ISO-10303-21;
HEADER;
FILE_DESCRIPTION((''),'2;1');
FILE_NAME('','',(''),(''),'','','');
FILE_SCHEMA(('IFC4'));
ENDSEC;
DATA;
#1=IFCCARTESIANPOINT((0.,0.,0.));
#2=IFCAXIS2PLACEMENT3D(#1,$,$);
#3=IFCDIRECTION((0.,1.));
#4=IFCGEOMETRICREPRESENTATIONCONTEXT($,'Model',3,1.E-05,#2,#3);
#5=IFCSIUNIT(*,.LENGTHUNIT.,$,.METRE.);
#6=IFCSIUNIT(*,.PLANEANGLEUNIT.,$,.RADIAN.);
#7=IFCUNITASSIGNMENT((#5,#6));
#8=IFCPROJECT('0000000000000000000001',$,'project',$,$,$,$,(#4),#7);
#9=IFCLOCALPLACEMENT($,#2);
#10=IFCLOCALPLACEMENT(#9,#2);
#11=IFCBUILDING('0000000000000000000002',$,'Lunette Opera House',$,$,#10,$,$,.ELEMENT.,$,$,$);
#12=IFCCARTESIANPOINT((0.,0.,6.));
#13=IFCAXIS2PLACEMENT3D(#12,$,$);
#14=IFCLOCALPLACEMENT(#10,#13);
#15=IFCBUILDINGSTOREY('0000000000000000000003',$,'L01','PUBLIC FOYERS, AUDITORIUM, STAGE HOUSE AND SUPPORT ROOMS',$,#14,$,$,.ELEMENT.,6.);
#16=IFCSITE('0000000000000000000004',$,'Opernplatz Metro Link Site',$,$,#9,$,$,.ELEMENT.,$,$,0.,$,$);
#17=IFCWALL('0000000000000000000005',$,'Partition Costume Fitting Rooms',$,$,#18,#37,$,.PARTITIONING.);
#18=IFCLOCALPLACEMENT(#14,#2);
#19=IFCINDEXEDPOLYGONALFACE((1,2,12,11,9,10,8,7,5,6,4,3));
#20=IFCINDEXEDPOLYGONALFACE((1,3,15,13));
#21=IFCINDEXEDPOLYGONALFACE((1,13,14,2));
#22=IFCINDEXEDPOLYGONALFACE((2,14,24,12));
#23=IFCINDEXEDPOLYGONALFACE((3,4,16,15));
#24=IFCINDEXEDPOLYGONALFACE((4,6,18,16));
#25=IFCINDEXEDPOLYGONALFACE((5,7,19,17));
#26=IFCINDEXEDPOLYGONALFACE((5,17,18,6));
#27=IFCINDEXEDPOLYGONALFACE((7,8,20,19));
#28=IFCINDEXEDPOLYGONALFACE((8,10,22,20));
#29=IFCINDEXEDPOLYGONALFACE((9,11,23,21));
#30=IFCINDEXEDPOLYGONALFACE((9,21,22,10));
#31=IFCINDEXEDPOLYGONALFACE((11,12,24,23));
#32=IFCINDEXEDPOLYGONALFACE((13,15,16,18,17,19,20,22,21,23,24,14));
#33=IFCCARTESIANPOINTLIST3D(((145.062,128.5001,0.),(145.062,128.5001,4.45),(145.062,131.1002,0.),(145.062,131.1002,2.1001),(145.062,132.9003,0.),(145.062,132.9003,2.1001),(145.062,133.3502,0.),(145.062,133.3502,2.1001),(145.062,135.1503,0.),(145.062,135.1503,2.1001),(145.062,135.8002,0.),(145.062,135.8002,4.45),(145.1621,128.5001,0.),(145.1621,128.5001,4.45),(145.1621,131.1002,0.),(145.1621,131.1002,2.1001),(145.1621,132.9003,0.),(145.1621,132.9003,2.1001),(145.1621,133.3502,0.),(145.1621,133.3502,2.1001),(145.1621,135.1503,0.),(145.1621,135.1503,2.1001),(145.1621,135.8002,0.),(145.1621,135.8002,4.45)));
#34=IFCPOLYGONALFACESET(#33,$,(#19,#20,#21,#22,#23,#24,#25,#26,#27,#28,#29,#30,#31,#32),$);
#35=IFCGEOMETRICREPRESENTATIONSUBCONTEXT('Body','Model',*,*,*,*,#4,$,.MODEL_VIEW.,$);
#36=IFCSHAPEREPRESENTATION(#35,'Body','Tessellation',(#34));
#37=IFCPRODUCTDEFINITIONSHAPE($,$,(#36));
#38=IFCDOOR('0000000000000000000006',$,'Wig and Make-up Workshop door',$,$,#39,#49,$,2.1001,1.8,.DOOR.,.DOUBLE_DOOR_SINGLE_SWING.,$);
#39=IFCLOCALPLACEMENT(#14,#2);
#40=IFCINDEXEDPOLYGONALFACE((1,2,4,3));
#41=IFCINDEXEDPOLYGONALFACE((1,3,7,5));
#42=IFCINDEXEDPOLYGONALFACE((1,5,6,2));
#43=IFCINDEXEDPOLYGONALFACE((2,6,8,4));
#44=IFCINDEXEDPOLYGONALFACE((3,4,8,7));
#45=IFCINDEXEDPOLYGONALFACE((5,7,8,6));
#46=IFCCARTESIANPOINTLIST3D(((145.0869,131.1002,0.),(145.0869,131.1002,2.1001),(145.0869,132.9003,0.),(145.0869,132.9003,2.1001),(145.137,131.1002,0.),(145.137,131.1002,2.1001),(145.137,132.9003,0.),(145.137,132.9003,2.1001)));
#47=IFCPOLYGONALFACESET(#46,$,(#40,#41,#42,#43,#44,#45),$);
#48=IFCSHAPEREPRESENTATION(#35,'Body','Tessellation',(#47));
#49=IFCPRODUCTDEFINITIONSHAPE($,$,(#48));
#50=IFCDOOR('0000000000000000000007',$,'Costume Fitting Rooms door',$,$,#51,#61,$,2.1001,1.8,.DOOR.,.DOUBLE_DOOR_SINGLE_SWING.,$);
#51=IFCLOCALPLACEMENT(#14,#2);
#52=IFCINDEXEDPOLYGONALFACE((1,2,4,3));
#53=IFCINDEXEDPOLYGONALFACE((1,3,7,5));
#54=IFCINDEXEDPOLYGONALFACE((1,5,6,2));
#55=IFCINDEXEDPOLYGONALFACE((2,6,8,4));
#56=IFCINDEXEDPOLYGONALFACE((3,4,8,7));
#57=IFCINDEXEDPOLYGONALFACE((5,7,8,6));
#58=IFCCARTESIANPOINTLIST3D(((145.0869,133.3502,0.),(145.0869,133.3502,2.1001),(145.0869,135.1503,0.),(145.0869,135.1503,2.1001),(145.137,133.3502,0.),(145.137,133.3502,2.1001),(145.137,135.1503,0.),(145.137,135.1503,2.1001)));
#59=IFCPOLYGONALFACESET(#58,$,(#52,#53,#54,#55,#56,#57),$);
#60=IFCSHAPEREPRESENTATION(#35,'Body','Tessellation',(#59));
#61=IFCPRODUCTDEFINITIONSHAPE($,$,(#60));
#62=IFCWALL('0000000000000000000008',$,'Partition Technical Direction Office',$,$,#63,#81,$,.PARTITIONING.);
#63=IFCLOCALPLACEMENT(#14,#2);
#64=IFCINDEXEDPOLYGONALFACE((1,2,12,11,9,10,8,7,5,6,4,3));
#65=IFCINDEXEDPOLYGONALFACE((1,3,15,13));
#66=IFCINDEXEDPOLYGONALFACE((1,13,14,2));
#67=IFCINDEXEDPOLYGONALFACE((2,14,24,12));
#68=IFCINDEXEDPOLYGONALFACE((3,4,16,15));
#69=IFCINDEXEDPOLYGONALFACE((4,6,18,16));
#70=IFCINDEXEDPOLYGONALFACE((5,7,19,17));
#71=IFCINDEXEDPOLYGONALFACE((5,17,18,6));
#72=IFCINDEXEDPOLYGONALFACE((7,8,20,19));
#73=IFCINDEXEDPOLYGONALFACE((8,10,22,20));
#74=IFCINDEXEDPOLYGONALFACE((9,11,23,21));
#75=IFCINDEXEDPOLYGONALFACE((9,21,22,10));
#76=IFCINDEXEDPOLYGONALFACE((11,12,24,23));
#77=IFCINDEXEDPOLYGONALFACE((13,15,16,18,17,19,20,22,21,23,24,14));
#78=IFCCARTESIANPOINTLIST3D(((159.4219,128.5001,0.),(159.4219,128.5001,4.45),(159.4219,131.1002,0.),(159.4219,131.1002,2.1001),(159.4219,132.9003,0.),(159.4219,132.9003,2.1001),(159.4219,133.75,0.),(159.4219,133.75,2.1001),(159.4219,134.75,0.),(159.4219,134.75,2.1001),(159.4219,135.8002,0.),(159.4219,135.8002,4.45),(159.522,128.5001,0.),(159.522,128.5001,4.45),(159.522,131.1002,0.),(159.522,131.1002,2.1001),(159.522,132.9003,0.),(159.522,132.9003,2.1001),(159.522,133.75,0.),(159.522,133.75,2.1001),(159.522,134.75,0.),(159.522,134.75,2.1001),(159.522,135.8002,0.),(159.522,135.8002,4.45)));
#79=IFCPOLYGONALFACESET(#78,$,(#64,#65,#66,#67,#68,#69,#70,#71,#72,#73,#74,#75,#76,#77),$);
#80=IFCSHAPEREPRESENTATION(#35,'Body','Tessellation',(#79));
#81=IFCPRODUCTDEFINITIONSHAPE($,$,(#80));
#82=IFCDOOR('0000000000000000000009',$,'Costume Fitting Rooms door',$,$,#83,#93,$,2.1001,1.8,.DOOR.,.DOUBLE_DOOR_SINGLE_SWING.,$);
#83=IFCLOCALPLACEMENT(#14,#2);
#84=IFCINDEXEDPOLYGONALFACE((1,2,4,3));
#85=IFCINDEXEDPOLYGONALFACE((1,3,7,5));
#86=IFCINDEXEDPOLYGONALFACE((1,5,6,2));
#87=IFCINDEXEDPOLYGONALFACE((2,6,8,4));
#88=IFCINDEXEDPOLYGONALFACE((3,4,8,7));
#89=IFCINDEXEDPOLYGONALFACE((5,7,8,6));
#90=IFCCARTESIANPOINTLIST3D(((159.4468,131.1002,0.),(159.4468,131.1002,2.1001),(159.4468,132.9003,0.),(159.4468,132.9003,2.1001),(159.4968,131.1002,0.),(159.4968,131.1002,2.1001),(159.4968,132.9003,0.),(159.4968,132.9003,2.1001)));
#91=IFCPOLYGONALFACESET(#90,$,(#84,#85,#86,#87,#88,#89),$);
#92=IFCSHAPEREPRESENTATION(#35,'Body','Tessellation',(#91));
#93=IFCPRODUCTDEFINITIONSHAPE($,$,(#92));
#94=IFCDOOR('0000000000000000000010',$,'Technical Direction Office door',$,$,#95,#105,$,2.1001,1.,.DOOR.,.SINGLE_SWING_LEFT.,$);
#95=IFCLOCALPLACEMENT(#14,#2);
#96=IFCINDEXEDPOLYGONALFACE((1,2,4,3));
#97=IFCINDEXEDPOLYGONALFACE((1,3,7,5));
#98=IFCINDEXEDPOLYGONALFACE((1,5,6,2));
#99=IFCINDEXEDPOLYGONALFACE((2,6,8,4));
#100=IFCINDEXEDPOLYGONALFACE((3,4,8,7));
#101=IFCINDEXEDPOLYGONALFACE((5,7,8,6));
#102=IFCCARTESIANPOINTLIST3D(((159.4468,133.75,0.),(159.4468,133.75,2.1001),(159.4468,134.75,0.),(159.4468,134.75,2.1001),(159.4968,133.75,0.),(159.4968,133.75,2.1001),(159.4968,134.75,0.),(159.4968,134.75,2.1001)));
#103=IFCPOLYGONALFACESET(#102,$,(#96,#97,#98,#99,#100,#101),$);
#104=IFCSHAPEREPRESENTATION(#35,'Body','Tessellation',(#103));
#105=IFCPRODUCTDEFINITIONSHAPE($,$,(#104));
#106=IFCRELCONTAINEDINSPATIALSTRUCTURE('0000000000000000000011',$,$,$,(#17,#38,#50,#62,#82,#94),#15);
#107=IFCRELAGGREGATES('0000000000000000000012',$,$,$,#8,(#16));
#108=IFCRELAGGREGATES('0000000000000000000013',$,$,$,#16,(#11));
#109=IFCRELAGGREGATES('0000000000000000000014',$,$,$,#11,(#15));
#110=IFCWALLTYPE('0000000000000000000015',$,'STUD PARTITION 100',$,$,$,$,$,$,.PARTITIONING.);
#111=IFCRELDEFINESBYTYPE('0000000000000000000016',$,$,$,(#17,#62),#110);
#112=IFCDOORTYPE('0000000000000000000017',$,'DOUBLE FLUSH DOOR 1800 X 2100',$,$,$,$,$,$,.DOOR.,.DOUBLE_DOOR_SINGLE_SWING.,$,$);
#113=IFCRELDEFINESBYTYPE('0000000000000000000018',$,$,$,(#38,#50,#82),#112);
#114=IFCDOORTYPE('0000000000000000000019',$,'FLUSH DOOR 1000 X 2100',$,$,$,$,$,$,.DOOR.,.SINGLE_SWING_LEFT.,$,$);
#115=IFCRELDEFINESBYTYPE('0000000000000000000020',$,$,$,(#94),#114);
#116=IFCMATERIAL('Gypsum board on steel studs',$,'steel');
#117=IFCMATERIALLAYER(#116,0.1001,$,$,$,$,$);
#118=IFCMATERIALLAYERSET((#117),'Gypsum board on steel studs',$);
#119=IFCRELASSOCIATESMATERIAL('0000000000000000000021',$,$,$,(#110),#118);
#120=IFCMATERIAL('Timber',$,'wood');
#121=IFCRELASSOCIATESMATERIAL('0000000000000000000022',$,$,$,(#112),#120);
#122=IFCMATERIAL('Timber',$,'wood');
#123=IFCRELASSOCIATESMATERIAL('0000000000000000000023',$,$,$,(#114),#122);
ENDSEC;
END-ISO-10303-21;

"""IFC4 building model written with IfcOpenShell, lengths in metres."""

from ifc_helpers import new_model, si_unit, direction, frame, frame_2d, origin, place, context, subcontext, project, spatial, rectangle, extrude, material, layer, layer_set, type_object, element, fill, save


model = new_model("IFC4")

# Units and contexts
model_context = context("Model", 3, precision=1e-05, world=origin(), true_north=direction((0.0, 1.0)))
body_context = subcontext(model_context, "Body", "Model", "MODEL_VIEW")
ifc_project = project(units=[si_unit("LENGTHUNIT", "METRE"), si_unit("PLANEANGLEUNIT", "RADIAN")], contexts=[model_context])

# Site, building, storey
site_placement = place(None, origin())
site = spatial("IfcSite", under=ifc_project, at=site_placement, Name="Opernplatz Metro Link Site", CompositionType="ELEMENT", RefElevation=0.0)
building_placement = place(site_placement, origin())
building = spatial("IfcBuilding", under=site, at=building_placement, Name="Lunette Opera House", CompositionType="ELEMENT")
storey_placement = place(building_placement, frame((0.0, 0.0, 6.0)))
storey = spatial("IfcBuildingStorey", under=building, at=storey_placement, Name="L01", Description="PUBLIC FOYERS, AUDITORIUM, STAGE HOUSE AND SUPPORT ROOMS", CompositionType="ELEMENT", Elevation=6.0)

# Walls, openings, doors
ifc_material_1 = material(Name="Gypsum board on steel studs", Category="steel")
ifc_layer_1 = layer(ifc_material_1, 0.1001)
ifc_layer_set_1 = layer_set([ifc_layer_1], Name="Gypsum board on steel studs")
wall_type_1 = type_object("IfcWallType", Name="STUD PARTITION 100", PredefinedType="PARTITIONING", material=ifc_layer_set_1)
wall_1_placement = place(storey_placement, frame((145.1121, 135.8, 0.0), z_axis=(0.0, 0.0, 1.0), x_axis=(0.0, -1.0, 0.0)))
wall_1 = element("IfcWall", 1, at=wall_1_placement, inside=storey, type_object=wall_type_1, Name="Partition Costume Fitting Rooms", PredefinedType="PARTITIONING", context=body_context, shape_type="SweptSolid", body=[
    extrude(rectangle(XDim=7.3, YDim=0.1001, at=frame_2d((3.6499, 0.0))), origin(), (0.0, 0.0, 1.0), 4.45),
])
opening_1_placement = place(wall_1_placement, frame((2.8999, 0.0, 0.0)))
opening_1 = element("IfcOpeningElement", 2, at=opening_1_placement, cuts=wall_1, PredefinedType="OPENING", context=body_context, shape_type="SweptSolid", body=[
    extrude(rectangle(XDim=1.8, YDim=2.1001, at=frame_2d((0.8999, 1.05))), frame((0.0, 0.062, 0.0), z_axis=(0.0, -1.0, 0.0), x_axis=(1.0, 0.0, 0.0)), (0.0, 0.0, 1.0), 0.124),
])
opening_2_placement = place(wall_1_placement, frame((0.6499, 0.0, 0.0)))
opening_2 = element("IfcOpeningElement", 3, at=opening_2_placement, cuts=wall_1, PredefinedType="OPENING", context=body_context, shape_type="SweptSolid", body=[
    extrude(rectangle(XDim=1.8, YDim=2.1001, at=frame_2d((0.8999, 1.05))), frame((0.0, 0.062, 0.0), z_axis=(0.0, -1.0, 0.0), x_axis=(1.0, 0.0, 0.0)), (0.0, 0.0, 1.0), 0.124),
])
ifc_material_2 = material(Name="Timber", Category="wood")
door_type_1 = type_object("IfcDoorType", Name="DOUBLE FLUSH DOOR 1800 X 2100", OperationType="DOUBLE_DOOR_SINGLE_SWING", PredefinedType="DOOR", material=ifc_material_2)
door_1_placement = place(opening_1_placement, origin())
door_1 = element("IfcDoor", 4, at=door_1_placement, inside=storey, type_object=door_type_1, Name="Wig and Make-up Workshop door", OperationType="DOUBLE_DOOR_SINGLE_SWING", OverallHeight=2.1001, OverallWidth=1.8, PredefinedType="DOOR", context=body_context, shape_type="SweptSolid", body=[
    extrude(rectangle(XDim=1.8, YDim=2.1001, at=frame_2d((0.8999, 1.05))), frame((0.0, 0.0249, 0.0), z_axis=(0.0, -1.0, 0.0), x_axis=(1.0, 0.0, 0.0)), (0.0, 0.0, 1.0), 0.05),
])
fill(opening_1, door_1)
door_2_placement = place(opening_2_placement, origin())
door_2 = element("IfcDoor", 5, at=door_2_placement, inside=storey, type_object=door_type_1, Name="Costume Fitting Rooms door", OperationType="DOUBLE_DOOR_SINGLE_SWING", OverallHeight=2.1001, OverallWidth=1.8, PredefinedType="DOOR", context=body_context, shape_type="SweptSolid", body=[
    extrude(rectangle(XDim=1.8, YDim=2.1001, at=frame_2d((0.8999, 1.05))), frame((0.0, 0.0249, 0.0), z_axis=(0.0, -1.0, 0.0), x_axis=(1.0, 0.0, 0.0)), (0.0, 0.0, 1.0), 0.05),
])
fill(opening_2, door_2)
wall_2_placement = place(storey_placement, frame((159.4719, 135.8, 0.0), z_axis=(0.0, 0.0, 1.0), x_axis=(0.0, -1.0, 0.0)))
wall_2 = element("IfcWall", 6, at=wall_2_placement, inside=storey, type_object=wall_type_1, Name="Partition Technical Direction Office", PredefinedType="PARTITIONING", context=body_context, shape_type="SweptSolid", body=[
    extrude(rectangle(XDim=7.3, YDim=0.1001, at=frame_2d((3.6499, 0.0))), origin(), (0.0, 0.0, 1.0), 4.45),
])
opening_3_placement = place(wall_2_placement, frame((2.8999, 0.0, 0.0)))
opening_3 = element("IfcOpeningElement", 7, at=opening_3_placement, cuts=wall_2, PredefinedType="OPENING", context=body_context, shape_type="SweptSolid", body=[
    extrude(rectangle(XDim=1.8, YDim=2.1001, at=frame_2d((0.8999, 1.05))), frame((0.0, 0.062, 0.0), z_axis=(0.0, -1.0, 0.0), x_axis=(1.0, 0.0, 0.0)), (0.0, 0.0, 1.0), 0.124),
])
opening_4_placement = place(wall_2_placement, frame((1.05, 0.0, 0.0)))
opening_4 = element("IfcOpeningElement", 8, at=opening_4_placement, cuts=wall_2, PredefinedType="OPENING", context=body_context, shape_type="SweptSolid", body=[
    extrude(rectangle(XDim=1.0, YDim=2.1001, at=frame_2d((0.5, 1.05))), frame((0.0, 0.062, 0.0), z_axis=(0.0, -1.0, 0.0), x_axis=(1.0, 0.0, 0.0)), (0.0, 0.0, 1.0), 0.124),
])
door_3_placement = place(opening_3_placement, origin())
door_3 = element("IfcDoor", 9, at=door_3_placement, inside=storey, type_object=door_type_1, Name="Costume Fitting Rooms door", OperationType="DOUBLE_DOOR_SINGLE_SWING", OverallHeight=2.1001, OverallWidth=1.8, PredefinedType="DOOR", context=body_context, shape_type="SweptSolid", body=[
    extrude(rectangle(XDim=1.8, YDim=2.1001, at=frame_2d((0.8999, 1.05))), frame((0.0, 0.0249, 0.0), z_axis=(0.0, -1.0, 0.0), x_axis=(1.0, 0.0, 0.0)), (0.0, 0.0, 1.0), 0.05),
])
fill(opening_3, door_3)
ifc_material_3 = material(Name="Timber", Category="wood")
door_type_2 = type_object("IfcDoorType", Name="FLUSH DOOR 1000 X 2100", OperationType="SINGLE_SWING_LEFT", PredefinedType="DOOR", material=ifc_material_3)
door_4_placement = place(opening_4_placement, origin())
door_4 = element("IfcDoor", 10, at=door_4_placement, inside=storey, type_object=door_type_2, Name="Technical Direction Office door", OperationType="SINGLE_SWING_LEFT", OverallHeight=2.1001, OverallWidth=1.0, PredefinedType="DOOR", context=body_context, shape_type="SweptSolid", body=[
    extrude(rectangle(XDim=1.0, YDim=2.1001, at=frame_2d((0.5, 1.05))), frame((0.0, 0.0249, 0.0), z_axis=(0.0, -1.0, 0.0), x_axis=(1.0, 0.0, 0.0)), (0.0, 0.0, 1.0), 0.05),
])
fill(opening_4, door_4)

save(model, "model.ifc")
